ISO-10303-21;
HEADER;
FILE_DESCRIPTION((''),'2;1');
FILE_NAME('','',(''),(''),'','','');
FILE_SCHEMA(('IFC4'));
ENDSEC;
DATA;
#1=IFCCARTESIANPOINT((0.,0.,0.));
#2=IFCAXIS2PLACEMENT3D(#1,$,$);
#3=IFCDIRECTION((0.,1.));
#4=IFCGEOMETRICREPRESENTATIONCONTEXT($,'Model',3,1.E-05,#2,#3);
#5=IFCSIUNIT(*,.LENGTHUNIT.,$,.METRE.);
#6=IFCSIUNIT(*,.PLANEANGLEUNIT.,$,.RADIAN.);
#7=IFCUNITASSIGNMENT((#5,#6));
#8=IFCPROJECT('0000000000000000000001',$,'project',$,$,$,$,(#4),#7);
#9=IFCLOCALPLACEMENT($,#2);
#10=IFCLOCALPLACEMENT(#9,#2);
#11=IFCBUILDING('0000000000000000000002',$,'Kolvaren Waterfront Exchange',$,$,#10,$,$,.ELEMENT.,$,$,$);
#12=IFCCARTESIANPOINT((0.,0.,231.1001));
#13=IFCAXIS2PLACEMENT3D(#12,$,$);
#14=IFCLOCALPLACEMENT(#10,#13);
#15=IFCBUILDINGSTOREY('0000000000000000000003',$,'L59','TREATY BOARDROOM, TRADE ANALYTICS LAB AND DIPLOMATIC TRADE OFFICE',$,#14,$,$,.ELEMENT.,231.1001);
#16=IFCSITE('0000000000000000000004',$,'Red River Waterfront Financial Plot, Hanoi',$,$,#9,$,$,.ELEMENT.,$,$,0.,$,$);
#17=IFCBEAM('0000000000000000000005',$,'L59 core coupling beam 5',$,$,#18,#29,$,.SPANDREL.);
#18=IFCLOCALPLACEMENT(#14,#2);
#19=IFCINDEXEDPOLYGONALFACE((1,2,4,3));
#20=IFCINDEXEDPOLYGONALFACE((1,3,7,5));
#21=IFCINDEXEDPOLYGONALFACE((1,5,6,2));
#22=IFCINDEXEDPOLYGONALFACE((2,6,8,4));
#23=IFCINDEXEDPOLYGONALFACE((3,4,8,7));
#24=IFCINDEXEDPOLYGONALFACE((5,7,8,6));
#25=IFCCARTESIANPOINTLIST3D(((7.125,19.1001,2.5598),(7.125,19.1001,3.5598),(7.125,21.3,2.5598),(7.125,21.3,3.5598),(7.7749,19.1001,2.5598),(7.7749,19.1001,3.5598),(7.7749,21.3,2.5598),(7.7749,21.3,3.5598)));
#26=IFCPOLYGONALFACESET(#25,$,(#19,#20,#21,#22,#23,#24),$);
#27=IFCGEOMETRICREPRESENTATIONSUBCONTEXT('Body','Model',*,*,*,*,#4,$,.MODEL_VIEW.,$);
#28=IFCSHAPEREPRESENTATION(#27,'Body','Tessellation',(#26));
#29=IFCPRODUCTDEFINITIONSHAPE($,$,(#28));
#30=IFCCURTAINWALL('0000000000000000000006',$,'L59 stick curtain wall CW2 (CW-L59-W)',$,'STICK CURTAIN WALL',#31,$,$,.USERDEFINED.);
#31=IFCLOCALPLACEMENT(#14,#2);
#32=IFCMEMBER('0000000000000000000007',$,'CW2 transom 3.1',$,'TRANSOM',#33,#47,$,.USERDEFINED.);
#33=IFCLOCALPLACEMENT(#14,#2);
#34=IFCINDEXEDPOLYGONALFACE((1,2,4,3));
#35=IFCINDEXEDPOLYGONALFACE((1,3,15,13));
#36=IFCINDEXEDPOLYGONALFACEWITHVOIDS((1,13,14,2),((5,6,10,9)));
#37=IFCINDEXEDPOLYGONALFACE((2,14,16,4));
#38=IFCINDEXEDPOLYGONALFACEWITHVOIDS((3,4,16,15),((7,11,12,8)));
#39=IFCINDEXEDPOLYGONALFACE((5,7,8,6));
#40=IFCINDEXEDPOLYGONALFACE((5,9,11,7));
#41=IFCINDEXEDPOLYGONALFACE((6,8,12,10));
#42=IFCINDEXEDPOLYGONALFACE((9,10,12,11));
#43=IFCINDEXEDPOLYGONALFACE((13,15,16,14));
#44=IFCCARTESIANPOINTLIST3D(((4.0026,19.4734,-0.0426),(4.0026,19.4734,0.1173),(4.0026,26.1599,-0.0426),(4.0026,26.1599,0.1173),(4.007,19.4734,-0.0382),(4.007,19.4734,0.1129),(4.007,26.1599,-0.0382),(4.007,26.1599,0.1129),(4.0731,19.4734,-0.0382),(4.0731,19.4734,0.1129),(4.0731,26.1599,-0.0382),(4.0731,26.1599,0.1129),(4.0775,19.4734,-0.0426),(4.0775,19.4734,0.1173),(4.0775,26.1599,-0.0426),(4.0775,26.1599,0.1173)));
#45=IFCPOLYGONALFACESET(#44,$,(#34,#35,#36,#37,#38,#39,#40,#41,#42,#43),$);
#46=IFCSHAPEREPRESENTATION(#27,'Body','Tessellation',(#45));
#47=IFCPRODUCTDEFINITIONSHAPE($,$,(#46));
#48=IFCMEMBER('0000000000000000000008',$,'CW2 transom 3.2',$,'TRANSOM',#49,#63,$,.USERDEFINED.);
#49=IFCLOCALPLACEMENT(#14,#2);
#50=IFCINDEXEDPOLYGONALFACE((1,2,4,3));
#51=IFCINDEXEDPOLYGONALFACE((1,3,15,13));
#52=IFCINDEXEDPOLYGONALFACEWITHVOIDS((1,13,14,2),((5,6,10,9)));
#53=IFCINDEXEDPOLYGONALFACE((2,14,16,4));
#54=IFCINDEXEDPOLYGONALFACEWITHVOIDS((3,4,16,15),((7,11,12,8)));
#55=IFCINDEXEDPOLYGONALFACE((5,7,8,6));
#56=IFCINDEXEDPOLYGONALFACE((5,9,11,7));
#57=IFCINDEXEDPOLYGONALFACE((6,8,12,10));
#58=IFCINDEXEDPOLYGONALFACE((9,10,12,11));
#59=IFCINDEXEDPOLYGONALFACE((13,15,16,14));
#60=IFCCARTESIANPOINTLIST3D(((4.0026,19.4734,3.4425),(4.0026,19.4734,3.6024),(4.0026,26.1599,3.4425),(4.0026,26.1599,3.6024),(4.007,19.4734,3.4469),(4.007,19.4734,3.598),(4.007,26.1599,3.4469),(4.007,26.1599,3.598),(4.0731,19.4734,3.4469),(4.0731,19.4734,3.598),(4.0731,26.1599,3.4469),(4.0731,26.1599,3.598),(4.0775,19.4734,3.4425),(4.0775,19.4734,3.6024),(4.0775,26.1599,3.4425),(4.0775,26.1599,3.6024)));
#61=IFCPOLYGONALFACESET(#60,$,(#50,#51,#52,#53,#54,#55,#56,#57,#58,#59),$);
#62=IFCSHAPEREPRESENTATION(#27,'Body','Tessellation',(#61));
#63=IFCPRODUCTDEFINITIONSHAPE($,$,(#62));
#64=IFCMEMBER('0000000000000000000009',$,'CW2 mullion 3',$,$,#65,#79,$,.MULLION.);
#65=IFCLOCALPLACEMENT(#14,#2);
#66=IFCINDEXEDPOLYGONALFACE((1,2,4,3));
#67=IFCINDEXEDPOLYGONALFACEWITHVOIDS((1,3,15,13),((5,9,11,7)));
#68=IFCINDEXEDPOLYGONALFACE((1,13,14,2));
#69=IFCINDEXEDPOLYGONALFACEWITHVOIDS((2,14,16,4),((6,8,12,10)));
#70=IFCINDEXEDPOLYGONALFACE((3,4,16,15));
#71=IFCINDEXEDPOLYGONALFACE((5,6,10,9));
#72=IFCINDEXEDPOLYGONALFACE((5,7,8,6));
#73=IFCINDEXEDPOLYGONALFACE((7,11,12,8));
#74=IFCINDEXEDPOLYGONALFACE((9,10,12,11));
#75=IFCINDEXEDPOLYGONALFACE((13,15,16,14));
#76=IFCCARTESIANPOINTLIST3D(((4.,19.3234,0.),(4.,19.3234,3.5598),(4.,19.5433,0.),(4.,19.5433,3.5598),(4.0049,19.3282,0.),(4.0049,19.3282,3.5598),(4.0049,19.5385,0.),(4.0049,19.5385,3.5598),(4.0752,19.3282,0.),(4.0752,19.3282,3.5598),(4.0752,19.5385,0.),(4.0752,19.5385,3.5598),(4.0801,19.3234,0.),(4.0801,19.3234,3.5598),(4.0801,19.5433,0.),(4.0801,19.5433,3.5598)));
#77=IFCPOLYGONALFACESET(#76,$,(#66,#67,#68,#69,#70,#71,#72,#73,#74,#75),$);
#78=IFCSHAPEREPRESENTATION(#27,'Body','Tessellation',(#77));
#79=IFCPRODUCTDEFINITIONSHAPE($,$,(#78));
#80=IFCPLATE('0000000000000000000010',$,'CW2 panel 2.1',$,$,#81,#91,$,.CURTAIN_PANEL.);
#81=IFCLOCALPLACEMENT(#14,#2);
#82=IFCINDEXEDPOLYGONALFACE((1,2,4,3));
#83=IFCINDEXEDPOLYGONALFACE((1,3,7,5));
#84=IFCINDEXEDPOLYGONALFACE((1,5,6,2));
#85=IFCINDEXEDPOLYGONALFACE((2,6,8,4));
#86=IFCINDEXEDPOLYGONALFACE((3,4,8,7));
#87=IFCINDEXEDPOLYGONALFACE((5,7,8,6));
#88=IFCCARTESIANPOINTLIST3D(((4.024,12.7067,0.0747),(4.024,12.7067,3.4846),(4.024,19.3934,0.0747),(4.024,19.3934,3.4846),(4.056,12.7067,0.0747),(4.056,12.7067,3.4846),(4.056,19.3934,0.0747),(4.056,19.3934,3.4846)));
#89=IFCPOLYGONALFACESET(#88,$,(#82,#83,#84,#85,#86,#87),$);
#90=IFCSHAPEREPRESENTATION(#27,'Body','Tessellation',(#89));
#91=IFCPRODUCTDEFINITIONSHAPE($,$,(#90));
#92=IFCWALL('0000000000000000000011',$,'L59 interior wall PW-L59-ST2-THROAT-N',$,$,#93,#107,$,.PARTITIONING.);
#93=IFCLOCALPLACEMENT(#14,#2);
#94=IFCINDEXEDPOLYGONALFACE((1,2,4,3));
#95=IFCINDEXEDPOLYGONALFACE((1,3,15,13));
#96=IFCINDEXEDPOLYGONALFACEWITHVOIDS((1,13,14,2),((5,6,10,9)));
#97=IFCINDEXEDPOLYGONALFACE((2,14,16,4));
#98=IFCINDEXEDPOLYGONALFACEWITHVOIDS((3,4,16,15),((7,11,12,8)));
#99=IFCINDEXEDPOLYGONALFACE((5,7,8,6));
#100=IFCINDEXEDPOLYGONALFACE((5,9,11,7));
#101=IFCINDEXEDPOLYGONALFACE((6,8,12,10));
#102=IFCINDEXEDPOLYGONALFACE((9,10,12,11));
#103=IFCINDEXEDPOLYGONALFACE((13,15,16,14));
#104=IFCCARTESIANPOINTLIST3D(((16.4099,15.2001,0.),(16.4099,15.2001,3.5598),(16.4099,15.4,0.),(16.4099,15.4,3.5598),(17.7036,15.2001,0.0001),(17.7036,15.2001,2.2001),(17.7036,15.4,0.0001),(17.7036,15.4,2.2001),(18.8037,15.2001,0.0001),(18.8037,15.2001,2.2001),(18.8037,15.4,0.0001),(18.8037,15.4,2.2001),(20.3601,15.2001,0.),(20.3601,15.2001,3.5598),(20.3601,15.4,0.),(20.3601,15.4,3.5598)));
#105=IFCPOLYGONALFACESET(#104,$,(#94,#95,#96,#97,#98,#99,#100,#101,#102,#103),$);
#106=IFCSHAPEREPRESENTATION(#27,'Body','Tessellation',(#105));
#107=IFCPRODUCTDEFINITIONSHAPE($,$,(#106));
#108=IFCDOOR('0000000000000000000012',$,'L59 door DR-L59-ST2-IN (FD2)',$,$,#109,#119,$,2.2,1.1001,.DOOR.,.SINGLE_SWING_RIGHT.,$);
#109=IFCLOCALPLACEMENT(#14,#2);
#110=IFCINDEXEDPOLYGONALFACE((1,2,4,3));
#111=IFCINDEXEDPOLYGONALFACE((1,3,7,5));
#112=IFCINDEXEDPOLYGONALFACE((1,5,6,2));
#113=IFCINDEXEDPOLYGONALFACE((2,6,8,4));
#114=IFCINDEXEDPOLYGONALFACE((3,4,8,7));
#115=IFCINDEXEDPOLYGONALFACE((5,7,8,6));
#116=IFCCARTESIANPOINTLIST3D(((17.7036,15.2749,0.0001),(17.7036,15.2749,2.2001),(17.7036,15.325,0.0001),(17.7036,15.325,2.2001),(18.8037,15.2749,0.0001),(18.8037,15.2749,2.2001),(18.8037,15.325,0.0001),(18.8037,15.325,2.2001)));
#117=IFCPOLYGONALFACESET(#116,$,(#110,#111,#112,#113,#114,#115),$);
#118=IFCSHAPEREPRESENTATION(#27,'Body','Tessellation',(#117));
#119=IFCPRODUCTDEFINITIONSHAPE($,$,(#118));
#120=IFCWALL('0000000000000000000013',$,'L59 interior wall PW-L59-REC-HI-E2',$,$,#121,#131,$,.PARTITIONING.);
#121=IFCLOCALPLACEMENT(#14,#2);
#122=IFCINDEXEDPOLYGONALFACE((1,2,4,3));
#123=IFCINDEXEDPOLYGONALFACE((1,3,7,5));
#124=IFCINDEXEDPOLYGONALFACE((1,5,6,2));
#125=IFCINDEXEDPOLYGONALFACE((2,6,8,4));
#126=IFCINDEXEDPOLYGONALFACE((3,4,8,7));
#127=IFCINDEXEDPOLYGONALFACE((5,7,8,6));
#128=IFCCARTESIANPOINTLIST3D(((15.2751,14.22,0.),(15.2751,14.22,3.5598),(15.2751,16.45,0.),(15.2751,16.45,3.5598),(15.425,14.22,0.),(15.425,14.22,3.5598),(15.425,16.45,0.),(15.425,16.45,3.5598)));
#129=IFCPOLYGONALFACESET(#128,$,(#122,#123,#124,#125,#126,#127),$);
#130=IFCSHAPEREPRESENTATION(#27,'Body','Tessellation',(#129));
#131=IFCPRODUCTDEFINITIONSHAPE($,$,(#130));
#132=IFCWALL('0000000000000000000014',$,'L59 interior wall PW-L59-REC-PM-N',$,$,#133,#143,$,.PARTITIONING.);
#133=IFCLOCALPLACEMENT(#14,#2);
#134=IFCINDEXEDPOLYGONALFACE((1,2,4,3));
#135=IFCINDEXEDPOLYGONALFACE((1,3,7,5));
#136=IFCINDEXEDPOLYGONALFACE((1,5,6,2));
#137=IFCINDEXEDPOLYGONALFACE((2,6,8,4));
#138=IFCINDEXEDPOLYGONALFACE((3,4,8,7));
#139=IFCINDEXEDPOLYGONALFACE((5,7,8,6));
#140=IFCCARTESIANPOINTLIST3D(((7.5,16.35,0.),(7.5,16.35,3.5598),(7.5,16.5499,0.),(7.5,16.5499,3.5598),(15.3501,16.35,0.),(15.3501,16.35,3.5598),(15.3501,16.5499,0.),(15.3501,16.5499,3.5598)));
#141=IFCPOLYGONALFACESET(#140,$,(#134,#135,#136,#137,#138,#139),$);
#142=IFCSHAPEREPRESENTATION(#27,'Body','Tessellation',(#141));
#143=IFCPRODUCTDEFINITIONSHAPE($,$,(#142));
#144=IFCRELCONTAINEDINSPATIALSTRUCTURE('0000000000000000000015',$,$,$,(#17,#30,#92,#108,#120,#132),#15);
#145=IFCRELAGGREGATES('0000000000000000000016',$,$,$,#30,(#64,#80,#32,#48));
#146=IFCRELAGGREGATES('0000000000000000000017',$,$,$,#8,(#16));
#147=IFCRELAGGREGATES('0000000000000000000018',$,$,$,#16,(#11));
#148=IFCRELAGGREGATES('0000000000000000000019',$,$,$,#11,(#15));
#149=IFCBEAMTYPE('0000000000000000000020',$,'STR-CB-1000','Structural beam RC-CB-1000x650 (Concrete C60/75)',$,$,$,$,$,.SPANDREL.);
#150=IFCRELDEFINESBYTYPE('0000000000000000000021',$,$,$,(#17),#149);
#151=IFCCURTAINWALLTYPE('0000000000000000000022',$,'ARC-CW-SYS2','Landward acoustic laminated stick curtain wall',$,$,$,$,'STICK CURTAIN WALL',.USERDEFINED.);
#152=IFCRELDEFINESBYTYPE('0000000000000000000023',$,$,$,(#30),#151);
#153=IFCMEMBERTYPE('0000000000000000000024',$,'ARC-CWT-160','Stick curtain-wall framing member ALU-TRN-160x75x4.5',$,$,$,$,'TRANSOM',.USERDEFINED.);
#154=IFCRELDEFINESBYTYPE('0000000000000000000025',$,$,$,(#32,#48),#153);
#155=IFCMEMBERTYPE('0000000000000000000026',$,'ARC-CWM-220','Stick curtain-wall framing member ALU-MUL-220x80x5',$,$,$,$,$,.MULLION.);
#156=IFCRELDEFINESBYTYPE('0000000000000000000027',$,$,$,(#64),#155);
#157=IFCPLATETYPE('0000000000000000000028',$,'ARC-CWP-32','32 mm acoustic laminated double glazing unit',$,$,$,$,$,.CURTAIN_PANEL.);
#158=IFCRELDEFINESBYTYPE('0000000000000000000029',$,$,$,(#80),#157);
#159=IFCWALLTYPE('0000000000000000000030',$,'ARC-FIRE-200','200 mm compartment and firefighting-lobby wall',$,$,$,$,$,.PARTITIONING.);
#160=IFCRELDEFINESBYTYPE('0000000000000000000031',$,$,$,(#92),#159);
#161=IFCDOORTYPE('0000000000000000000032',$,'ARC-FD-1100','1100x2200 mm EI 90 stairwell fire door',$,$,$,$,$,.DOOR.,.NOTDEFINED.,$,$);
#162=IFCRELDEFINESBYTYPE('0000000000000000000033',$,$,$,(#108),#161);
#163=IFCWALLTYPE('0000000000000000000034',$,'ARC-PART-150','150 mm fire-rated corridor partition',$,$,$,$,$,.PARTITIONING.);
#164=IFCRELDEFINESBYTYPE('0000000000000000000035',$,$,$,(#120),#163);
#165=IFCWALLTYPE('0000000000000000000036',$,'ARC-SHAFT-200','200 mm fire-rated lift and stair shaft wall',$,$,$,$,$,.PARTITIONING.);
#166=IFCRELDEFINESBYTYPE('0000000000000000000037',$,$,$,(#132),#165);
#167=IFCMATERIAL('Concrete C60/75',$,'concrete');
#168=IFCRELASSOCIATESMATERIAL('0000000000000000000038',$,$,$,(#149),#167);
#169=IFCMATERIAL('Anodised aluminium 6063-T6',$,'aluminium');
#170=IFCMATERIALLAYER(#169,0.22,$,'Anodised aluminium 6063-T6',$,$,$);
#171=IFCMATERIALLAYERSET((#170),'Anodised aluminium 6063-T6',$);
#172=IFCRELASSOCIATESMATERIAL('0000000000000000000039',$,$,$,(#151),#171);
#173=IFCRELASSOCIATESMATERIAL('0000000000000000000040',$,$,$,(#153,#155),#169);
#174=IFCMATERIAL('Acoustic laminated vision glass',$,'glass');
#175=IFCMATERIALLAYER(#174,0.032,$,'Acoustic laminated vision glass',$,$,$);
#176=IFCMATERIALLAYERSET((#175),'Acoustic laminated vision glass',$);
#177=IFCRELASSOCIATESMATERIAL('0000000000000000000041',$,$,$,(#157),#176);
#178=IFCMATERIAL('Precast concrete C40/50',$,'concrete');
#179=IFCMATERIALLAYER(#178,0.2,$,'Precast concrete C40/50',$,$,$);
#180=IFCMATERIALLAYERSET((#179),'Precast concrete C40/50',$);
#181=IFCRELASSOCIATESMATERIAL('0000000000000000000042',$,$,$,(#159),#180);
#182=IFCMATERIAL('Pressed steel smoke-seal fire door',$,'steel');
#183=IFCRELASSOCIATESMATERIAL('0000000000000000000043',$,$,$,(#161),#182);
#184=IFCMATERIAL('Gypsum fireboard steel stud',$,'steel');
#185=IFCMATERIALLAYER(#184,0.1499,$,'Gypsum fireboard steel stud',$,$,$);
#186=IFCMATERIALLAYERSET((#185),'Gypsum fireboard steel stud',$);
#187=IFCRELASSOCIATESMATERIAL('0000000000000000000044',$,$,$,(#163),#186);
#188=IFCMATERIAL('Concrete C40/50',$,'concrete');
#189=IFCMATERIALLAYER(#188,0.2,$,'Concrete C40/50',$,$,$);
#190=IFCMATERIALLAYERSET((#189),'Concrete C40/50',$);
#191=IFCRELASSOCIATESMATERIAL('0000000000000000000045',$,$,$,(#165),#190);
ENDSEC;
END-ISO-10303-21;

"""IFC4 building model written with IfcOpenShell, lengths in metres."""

from ifc_helpers import new_model, si_unit, direction, frame, frame_2d, origin, origin_with_axes, origin_2d, place, context, subcontext, project, spatial, rectangle, hollow_rectangle, extrude, source, transform, mapped, material, layer, layer_set, material_profile, profile_set, type_object, element, fill, aggregate, save


model = new_model("IFC4")

# Units and contexts
model_context = context("Model", 3, precision=1e-05, world=origin(), true_north=direction((0.0, 1.0)))
body_context = subcontext(model_context, "Body", "Model", "MODEL_VIEW")
ifc_project = project(units=[si_unit("LENGTHUNIT", "METRE"), si_unit("PLANEANGLEUNIT", "RADIAN")], contexts=[model_context])

# Site, building, storey
site_placement = place(None, origin())
site = spatial("IfcSite", under=ifc_project, at=site_placement, Name="Red River Waterfront Financial Plot, Hanoi", CompositionType="ELEMENT", RefElevation=0.0)
building_placement = place(site_placement, origin())
building = spatial("IfcBuilding", under=site, at=building_placement, Name="Kolvaren Waterfront Exchange", CompositionType="ELEMENT")
storey_placement = place(building_placement, frame((0.0, 0.0, 231.1001)))
storey = spatial("IfcBuildingStorey", under=building, at=storey_placement, Name="L59", Description="TREATY BOARDROOM, TRADE ANALYTICS LAB AND DIPLOMATIC TRADE OFFICE", CompositionType="ELEMENT", Elevation=231.1001)

# Beam
ifc_material_1 = material(Name="Concrete C60/75", Category="concrete")
ifc_material_profile_1 = material_profile(ifc_material_1, rectangle(XDim=0.6499, YDim=1.0, at=origin_2d()), Name="RC-CB-1000x650")
ifc_profile_set_1 = profile_set([ifc_material_profile_1], Name="Concrete C60/75")
beam_type = type_object("IfcBeamType", Name="STR-CB-1000", Description="Structural beam RC-CB-1000x650 (Concrete C60/75)", PredefinedType="SPANDREL", material=ifc_profile_set_1)
beam_placement = place(storey_placement, frame((7.45, 19.1001, 3.0598), z_axis=(0.0, 1.0, 0.0), x_axis=(-1.0, 0.0, 0.0)))
element("IfcBeam", 1, at=beam_placement, inside=storey, type_object=beam_type, Name="L59 core coupling beam 5", PredefinedType="SPANDREL", context=body_context, shape_type="SweptSolid", body=[
    extrude(rectangle(XDim=0.6499, YDim=1.0, at=origin_2d()), origin(), (0.0, 0.0, 1.0), 2.2),
])

# Curtain wall, members, plate
ifc_material_2 = material(Name="Anodised aluminium 6063-T6", Category="aluminium")
ifc_layer_1 = layer(ifc_material_2, 0.22, Name="Anodised aluminium 6063-T6")
ifc_layer_set_1 = layer_set([ifc_layer_1], Name="Anodised aluminium 6063-T6")
curtain_wall_type = type_object("IfcCurtainWallType", Name="ARC-CW-SYS2", Description="Landward acoustic laminated stick curtain wall", ElementType="STICK CURTAIN WALL", PredefinedType="USERDEFINED", material=ifc_layer_set_1)
curtain_wall_placement = place(storey_placement, origin())
curtain_wall = element("IfcCurtainWall", 2, at=curtain_wall_placement, inside=storey, type_object=curtain_wall_type, Name="L59 stick curtain wall CW2 (CW-L59-W)", ObjectType="STICK CURTAIN WALL", PredefinedType="USERDEFINED")
ifc_material_profile_2 = material_profile(ifc_material_2, hollow_rectangle(XDim=0.075, YDim=0.1599, WallThickness=0.0044, at=origin_2d()), Name="ALU-TRN-160x75x4.5")
ifc_profile_set_2 = profile_set([ifc_material_profile_2], Name="Anodised aluminium 6063-T6")
member_type_1 = type_object("IfcMemberType", Name="ARC-CWT-160", Description="Stick curtain-wall framing member ALU-TRN-160x75x4.5", ElementType="TRANSOM", PredefinedType="USERDEFINED", material=ifc_profile_set_2)
shared_shape_1 = source(origin_with_axes(), body_context, "Body", "SweptSolid", [
    extrude(hollow_rectangle(XDim=0.075, YDim=0.1599, WallThickness=0.0044, at=origin_2d()), origin(), (0.0, 0.0, 1.0), 6.6865),
])
member_1_placement = place(storey_placement, frame((4.04, 19.4734, 0.0374), z_axis=(0.0, 1.0, 0.0), x_axis=(-1.0, 0.0, 0.0)))
member_1 = element("IfcMember", 3, at=member_1_placement, type_object=member_type_1, Name="CW2 transom 3.1", ObjectType="TRANSOM", PredefinedType="USERDEFINED", context=body_context, shape_type="MappedRepresentation", body=[
    mapped(shared_shape_1, transform((0.0, 0.0, 0.0), x_axis=(1.0, 0.0, 0.0), y_axis=(0.0, 1.0, 0.0), z_axis=(0.0, 0.0, 1.0), scale=1.0)),
])
member_2_placement = place(storey_placement, frame((4.04, 19.4734, 3.5225), z_axis=(0.0, 1.0, 0.0), x_axis=(-1.0, 0.0, 0.0)))
member_2 = element("IfcMember", 4, at=member_2_placement, type_object=member_type_1, Name="CW2 transom 3.2", ObjectType="TRANSOM", PredefinedType="USERDEFINED", context=body_context, shape_type="MappedRepresentation", body=[
    mapped(shared_shape_1, transform((0.0, 0.0, 0.0), x_axis=(1.0, 0.0, 0.0), y_axis=(0.0, 1.0, 0.0), z_axis=(0.0, 0.0, 1.0), scale=1.0)),
])
ifc_material_profile_3 = material_profile(ifc_material_2, hollow_rectangle(XDim=0.0801, YDim=0.22, WallThickness=0.0049, at=origin_2d()), Name="ALU-MUL-220x80x5")
ifc_profile_set_3 = profile_set([ifc_material_profile_3], Name="Anodised aluminium 6063-T6")
member_type_2 = type_object("IfcMemberType", Name="ARC-CWM-220", Description="Stick curtain-wall framing member ALU-MUL-220x80x5", PredefinedType="MULLION", material=ifc_profile_set_3)
shared_shape_2 = source(origin_with_axes(), body_context, "Body", "SweptSolid", [
    extrude(hollow_rectangle(XDim=0.0801, YDim=0.22, WallThickness=0.0049, at=origin_2d()), origin(), (0.0, 0.0, 1.0), 3.5598),
])
member_3_placement = place(storey_placement, frame((4.04, 19.4333, 0.0), z_axis=(0.0, 0.0, 1.0), x_axis=(-1.0, 0.0, 0.0)))
member_3 = element("IfcMember", 5, at=member_3_placement, type_object=member_type_2, Name="CW2 mullion 3", PredefinedType="MULLION", context=body_context, shape_type="MappedRepresentation", body=[
    mapped(shared_shape_2, transform((0.0, 0.0, 0.0), x_axis=(1.0, 0.0, 0.0), y_axis=(0.0, 1.0, 0.0), z_axis=(0.0, 0.0, 1.0), scale=1.0)),
])
ifc_material_3 = material(Name="Acoustic laminated vision glass", Category="glass")
ifc_layer_2 = layer(ifc_material_3, 0.032, Name="Acoustic laminated vision glass")
ifc_layer_set_2 = layer_set([ifc_layer_2], Name="Acoustic laminated vision glass")
plate_type = type_object("IfcPlateType", Name="ARC-CWP-32", Description="32 mm acoustic laminated double glazing unit", PredefinedType="CURTAIN_PANEL", material=ifc_layer_set_2)
shared_shape_3 = source(origin_with_axes(), body_context, "Body", "SweptSolid", [
    extrude(rectangle(XDim=6.6868, YDim=0.032, at=origin_2d()), origin(), (0.0, 0.0, 1.0), 3.4099),
])
plate_placement = place(storey_placement, frame((4.04, 16.05, 0.0747), z_axis=(0.0, 0.0, 1.0), x_axis=(0.0, 1.0, 0.0)))
plate = element("IfcPlate", 6, at=plate_placement, type_object=plate_type, Name="CW2 panel 2.1", PredefinedType="CURTAIN_PANEL", context=body_context, shape_type="MappedRepresentation", body=[
    mapped(shared_shape_3, transform((0.0, 0.0, 0.0), x_axis=(1.0, 0.0, 0.0), y_axis=(0.0, 1.0, 0.0), z_axis=(0.0, 0.0, 1.0), scale=1.0)),
])
aggregate(curtain_wall, [member_3, plate, member_1, member_2])

# Wall, opening, door
ifc_material_4 = material(Name="Precast concrete C40/50", Category="concrete")
ifc_layer_3 = layer(ifc_material_4, 0.2, Name="Precast concrete C40/50")
ifc_layer_set_3 = layer_set([ifc_layer_3], Name="Precast concrete C40/50")
wall_type_1 = type_object("IfcWallType", Name="ARC-FIRE-200", Description="200 mm compartment and firefighting-lobby wall", PredefinedType="PARTITIONING", material=ifc_layer_set_3)
wall_1_placement = place(storey_placement, frame((16.4099, 15.3, 0.0), z_axis=(0.0, 0.0, 1.0), x_axis=(1.0, 0.0, 0.0)))
wall_1 = element("IfcWall", 7, at=wall_1_placement, inside=storey, type_object=wall_type_1, Name="L59 interior wall PW-L59-ST2-THROAT-N", PredefinedType="PARTITIONING", context=body_context, shape_type="SweptSolid", body=[
    extrude(rectangle(XDim=3.9502, YDim=0.2, at=frame_2d((1.9751, 0.0))), origin(), (0.0, 0.0, 1.0), 3.5598),
])
opening_1_placement = place(wall_1_placement, frame((1.2937, 0.0, 0.0)))
opening_1 = element("IfcOpeningElement", 8, at=opening_1_placement, cuts=wall_1, PredefinedType="OPENING", context=body_context, shape_type="SweptSolid", body=[
    extrude(rectangle(XDim=1.1001, YDim=2.2, at=frame_2d((0.55, 1.1001))), frame((0.0, 0.1099, 0.0), z_axis=(0.0, -1.0, 0.0), x_axis=(1.0, 0.0, 0.0)), (0.0, 0.0, 1.0), 0.22),
])
ifc_material_5 = material(Name="Pressed steel smoke-seal fire door", Category="steel")
door_type_1 = type_object("IfcDoorType", Name="ARC-FD-1100", Description="1100x2200 mm EI 90 stairwell fire door", OperationType="NOTDEFINED", PredefinedType="DOOR", material=ifc_material_5)
door_1_placement = place(opening_1_placement, origin())
door_1 = element("IfcDoor", 9, at=door_1_placement, inside=storey, type_object=door_type_1, Name="L59 door DR-L59-ST2-IN (FD2)", OperationType="SINGLE_SWING_RIGHT", OverallHeight=2.2, OverallWidth=1.1001, PredefinedType="DOOR", context=body_context, shape_type="SweptSolid", body=[
    extrude(rectangle(XDim=1.1001, YDim=2.2, at=frame_2d((0.55, 1.1001))), frame((0.0, 0.0249, 0.0), z_axis=(0.0, -1.0, 0.0), x_axis=(1.0, 0.0, 0.0)), (0.0, 0.0, 1.0), 0.05),
])
fill(opening_1, door_1)

# Walls
ifc_material_6 = material(Name="Gypsum fireboard steel stud", Category="steel")
ifc_layer_4 = layer(ifc_material_6, 0.1499, Name="Gypsum fireboard steel stud")
ifc_layer_set_4 = layer_set([ifc_layer_4], Name="Gypsum fireboard steel stud")
wall_type_2 = type_object("IfcWallType", Name="ARC-PART-150", Description="150 mm fire-rated corridor partition", PredefinedType="PARTITIONING", material=ifc_layer_set_4)
wall_2_placement = place(storey_placement, frame((15.3501, 14.22, 0.0), z_axis=(0.0, 0.0, 1.0), x_axis=(0.0, 1.0, 0.0)))
element("IfcWall", 10, at=wall_2_placement, inside=storey, type_object=wall_type_2, Name="L59 interior wall PW-L59-REC-HI-E2", PredefinedType="PARTITIONING", context=body_context, shape_type="SweptSolid", body=[
    extrude(rectangle(XDim=2.23, YDim=0.1499, at=frame_2d((1.115, 0.0))), origin(), (0.0, 0.0, 1.0), 3.5598),
])
ifc_material_7 = material(Name="Concrete C40/50", Category="concrete")
ifc_layer_5 = layer(ifc_material_7, 0.2, Name="Concrete C40/50")
ifc_layer_set_5 = layer_set([ifc_layer_5], Name="Concrete C40/50")
wall_type_3 = type_object("IfcWallType", Name="ARC-SHAFT-200", Description="200 mm fire-rated lift and stair shaft wall", PredefinedType="PARTITIONING", material=ifc_layer_set_5)
wall_3_placement = place(storey_placement, frame((7.5, 16.45, 0.0), z_axis=(0.0, 0.0, 1.0), x_axis=(1.0, 0.0, 0.0)))
element("IfcWall", 11, at=wall_3_placement, inside=storey, type_object=wall_type_3, Name="L59 interior wall PW-L59-REC-PM-N", PredefinedType="PARTITIONING", context=body_context, shape_type="SweptSolid", body=[
    extrude(rectangle(XDim=7.8501, YDim=0.2, at=frame_2d((3.925, 0.0))), origin(), (0.0, 0.0, 1.0), 3.5598),
])

save(model, "model.ifc")
